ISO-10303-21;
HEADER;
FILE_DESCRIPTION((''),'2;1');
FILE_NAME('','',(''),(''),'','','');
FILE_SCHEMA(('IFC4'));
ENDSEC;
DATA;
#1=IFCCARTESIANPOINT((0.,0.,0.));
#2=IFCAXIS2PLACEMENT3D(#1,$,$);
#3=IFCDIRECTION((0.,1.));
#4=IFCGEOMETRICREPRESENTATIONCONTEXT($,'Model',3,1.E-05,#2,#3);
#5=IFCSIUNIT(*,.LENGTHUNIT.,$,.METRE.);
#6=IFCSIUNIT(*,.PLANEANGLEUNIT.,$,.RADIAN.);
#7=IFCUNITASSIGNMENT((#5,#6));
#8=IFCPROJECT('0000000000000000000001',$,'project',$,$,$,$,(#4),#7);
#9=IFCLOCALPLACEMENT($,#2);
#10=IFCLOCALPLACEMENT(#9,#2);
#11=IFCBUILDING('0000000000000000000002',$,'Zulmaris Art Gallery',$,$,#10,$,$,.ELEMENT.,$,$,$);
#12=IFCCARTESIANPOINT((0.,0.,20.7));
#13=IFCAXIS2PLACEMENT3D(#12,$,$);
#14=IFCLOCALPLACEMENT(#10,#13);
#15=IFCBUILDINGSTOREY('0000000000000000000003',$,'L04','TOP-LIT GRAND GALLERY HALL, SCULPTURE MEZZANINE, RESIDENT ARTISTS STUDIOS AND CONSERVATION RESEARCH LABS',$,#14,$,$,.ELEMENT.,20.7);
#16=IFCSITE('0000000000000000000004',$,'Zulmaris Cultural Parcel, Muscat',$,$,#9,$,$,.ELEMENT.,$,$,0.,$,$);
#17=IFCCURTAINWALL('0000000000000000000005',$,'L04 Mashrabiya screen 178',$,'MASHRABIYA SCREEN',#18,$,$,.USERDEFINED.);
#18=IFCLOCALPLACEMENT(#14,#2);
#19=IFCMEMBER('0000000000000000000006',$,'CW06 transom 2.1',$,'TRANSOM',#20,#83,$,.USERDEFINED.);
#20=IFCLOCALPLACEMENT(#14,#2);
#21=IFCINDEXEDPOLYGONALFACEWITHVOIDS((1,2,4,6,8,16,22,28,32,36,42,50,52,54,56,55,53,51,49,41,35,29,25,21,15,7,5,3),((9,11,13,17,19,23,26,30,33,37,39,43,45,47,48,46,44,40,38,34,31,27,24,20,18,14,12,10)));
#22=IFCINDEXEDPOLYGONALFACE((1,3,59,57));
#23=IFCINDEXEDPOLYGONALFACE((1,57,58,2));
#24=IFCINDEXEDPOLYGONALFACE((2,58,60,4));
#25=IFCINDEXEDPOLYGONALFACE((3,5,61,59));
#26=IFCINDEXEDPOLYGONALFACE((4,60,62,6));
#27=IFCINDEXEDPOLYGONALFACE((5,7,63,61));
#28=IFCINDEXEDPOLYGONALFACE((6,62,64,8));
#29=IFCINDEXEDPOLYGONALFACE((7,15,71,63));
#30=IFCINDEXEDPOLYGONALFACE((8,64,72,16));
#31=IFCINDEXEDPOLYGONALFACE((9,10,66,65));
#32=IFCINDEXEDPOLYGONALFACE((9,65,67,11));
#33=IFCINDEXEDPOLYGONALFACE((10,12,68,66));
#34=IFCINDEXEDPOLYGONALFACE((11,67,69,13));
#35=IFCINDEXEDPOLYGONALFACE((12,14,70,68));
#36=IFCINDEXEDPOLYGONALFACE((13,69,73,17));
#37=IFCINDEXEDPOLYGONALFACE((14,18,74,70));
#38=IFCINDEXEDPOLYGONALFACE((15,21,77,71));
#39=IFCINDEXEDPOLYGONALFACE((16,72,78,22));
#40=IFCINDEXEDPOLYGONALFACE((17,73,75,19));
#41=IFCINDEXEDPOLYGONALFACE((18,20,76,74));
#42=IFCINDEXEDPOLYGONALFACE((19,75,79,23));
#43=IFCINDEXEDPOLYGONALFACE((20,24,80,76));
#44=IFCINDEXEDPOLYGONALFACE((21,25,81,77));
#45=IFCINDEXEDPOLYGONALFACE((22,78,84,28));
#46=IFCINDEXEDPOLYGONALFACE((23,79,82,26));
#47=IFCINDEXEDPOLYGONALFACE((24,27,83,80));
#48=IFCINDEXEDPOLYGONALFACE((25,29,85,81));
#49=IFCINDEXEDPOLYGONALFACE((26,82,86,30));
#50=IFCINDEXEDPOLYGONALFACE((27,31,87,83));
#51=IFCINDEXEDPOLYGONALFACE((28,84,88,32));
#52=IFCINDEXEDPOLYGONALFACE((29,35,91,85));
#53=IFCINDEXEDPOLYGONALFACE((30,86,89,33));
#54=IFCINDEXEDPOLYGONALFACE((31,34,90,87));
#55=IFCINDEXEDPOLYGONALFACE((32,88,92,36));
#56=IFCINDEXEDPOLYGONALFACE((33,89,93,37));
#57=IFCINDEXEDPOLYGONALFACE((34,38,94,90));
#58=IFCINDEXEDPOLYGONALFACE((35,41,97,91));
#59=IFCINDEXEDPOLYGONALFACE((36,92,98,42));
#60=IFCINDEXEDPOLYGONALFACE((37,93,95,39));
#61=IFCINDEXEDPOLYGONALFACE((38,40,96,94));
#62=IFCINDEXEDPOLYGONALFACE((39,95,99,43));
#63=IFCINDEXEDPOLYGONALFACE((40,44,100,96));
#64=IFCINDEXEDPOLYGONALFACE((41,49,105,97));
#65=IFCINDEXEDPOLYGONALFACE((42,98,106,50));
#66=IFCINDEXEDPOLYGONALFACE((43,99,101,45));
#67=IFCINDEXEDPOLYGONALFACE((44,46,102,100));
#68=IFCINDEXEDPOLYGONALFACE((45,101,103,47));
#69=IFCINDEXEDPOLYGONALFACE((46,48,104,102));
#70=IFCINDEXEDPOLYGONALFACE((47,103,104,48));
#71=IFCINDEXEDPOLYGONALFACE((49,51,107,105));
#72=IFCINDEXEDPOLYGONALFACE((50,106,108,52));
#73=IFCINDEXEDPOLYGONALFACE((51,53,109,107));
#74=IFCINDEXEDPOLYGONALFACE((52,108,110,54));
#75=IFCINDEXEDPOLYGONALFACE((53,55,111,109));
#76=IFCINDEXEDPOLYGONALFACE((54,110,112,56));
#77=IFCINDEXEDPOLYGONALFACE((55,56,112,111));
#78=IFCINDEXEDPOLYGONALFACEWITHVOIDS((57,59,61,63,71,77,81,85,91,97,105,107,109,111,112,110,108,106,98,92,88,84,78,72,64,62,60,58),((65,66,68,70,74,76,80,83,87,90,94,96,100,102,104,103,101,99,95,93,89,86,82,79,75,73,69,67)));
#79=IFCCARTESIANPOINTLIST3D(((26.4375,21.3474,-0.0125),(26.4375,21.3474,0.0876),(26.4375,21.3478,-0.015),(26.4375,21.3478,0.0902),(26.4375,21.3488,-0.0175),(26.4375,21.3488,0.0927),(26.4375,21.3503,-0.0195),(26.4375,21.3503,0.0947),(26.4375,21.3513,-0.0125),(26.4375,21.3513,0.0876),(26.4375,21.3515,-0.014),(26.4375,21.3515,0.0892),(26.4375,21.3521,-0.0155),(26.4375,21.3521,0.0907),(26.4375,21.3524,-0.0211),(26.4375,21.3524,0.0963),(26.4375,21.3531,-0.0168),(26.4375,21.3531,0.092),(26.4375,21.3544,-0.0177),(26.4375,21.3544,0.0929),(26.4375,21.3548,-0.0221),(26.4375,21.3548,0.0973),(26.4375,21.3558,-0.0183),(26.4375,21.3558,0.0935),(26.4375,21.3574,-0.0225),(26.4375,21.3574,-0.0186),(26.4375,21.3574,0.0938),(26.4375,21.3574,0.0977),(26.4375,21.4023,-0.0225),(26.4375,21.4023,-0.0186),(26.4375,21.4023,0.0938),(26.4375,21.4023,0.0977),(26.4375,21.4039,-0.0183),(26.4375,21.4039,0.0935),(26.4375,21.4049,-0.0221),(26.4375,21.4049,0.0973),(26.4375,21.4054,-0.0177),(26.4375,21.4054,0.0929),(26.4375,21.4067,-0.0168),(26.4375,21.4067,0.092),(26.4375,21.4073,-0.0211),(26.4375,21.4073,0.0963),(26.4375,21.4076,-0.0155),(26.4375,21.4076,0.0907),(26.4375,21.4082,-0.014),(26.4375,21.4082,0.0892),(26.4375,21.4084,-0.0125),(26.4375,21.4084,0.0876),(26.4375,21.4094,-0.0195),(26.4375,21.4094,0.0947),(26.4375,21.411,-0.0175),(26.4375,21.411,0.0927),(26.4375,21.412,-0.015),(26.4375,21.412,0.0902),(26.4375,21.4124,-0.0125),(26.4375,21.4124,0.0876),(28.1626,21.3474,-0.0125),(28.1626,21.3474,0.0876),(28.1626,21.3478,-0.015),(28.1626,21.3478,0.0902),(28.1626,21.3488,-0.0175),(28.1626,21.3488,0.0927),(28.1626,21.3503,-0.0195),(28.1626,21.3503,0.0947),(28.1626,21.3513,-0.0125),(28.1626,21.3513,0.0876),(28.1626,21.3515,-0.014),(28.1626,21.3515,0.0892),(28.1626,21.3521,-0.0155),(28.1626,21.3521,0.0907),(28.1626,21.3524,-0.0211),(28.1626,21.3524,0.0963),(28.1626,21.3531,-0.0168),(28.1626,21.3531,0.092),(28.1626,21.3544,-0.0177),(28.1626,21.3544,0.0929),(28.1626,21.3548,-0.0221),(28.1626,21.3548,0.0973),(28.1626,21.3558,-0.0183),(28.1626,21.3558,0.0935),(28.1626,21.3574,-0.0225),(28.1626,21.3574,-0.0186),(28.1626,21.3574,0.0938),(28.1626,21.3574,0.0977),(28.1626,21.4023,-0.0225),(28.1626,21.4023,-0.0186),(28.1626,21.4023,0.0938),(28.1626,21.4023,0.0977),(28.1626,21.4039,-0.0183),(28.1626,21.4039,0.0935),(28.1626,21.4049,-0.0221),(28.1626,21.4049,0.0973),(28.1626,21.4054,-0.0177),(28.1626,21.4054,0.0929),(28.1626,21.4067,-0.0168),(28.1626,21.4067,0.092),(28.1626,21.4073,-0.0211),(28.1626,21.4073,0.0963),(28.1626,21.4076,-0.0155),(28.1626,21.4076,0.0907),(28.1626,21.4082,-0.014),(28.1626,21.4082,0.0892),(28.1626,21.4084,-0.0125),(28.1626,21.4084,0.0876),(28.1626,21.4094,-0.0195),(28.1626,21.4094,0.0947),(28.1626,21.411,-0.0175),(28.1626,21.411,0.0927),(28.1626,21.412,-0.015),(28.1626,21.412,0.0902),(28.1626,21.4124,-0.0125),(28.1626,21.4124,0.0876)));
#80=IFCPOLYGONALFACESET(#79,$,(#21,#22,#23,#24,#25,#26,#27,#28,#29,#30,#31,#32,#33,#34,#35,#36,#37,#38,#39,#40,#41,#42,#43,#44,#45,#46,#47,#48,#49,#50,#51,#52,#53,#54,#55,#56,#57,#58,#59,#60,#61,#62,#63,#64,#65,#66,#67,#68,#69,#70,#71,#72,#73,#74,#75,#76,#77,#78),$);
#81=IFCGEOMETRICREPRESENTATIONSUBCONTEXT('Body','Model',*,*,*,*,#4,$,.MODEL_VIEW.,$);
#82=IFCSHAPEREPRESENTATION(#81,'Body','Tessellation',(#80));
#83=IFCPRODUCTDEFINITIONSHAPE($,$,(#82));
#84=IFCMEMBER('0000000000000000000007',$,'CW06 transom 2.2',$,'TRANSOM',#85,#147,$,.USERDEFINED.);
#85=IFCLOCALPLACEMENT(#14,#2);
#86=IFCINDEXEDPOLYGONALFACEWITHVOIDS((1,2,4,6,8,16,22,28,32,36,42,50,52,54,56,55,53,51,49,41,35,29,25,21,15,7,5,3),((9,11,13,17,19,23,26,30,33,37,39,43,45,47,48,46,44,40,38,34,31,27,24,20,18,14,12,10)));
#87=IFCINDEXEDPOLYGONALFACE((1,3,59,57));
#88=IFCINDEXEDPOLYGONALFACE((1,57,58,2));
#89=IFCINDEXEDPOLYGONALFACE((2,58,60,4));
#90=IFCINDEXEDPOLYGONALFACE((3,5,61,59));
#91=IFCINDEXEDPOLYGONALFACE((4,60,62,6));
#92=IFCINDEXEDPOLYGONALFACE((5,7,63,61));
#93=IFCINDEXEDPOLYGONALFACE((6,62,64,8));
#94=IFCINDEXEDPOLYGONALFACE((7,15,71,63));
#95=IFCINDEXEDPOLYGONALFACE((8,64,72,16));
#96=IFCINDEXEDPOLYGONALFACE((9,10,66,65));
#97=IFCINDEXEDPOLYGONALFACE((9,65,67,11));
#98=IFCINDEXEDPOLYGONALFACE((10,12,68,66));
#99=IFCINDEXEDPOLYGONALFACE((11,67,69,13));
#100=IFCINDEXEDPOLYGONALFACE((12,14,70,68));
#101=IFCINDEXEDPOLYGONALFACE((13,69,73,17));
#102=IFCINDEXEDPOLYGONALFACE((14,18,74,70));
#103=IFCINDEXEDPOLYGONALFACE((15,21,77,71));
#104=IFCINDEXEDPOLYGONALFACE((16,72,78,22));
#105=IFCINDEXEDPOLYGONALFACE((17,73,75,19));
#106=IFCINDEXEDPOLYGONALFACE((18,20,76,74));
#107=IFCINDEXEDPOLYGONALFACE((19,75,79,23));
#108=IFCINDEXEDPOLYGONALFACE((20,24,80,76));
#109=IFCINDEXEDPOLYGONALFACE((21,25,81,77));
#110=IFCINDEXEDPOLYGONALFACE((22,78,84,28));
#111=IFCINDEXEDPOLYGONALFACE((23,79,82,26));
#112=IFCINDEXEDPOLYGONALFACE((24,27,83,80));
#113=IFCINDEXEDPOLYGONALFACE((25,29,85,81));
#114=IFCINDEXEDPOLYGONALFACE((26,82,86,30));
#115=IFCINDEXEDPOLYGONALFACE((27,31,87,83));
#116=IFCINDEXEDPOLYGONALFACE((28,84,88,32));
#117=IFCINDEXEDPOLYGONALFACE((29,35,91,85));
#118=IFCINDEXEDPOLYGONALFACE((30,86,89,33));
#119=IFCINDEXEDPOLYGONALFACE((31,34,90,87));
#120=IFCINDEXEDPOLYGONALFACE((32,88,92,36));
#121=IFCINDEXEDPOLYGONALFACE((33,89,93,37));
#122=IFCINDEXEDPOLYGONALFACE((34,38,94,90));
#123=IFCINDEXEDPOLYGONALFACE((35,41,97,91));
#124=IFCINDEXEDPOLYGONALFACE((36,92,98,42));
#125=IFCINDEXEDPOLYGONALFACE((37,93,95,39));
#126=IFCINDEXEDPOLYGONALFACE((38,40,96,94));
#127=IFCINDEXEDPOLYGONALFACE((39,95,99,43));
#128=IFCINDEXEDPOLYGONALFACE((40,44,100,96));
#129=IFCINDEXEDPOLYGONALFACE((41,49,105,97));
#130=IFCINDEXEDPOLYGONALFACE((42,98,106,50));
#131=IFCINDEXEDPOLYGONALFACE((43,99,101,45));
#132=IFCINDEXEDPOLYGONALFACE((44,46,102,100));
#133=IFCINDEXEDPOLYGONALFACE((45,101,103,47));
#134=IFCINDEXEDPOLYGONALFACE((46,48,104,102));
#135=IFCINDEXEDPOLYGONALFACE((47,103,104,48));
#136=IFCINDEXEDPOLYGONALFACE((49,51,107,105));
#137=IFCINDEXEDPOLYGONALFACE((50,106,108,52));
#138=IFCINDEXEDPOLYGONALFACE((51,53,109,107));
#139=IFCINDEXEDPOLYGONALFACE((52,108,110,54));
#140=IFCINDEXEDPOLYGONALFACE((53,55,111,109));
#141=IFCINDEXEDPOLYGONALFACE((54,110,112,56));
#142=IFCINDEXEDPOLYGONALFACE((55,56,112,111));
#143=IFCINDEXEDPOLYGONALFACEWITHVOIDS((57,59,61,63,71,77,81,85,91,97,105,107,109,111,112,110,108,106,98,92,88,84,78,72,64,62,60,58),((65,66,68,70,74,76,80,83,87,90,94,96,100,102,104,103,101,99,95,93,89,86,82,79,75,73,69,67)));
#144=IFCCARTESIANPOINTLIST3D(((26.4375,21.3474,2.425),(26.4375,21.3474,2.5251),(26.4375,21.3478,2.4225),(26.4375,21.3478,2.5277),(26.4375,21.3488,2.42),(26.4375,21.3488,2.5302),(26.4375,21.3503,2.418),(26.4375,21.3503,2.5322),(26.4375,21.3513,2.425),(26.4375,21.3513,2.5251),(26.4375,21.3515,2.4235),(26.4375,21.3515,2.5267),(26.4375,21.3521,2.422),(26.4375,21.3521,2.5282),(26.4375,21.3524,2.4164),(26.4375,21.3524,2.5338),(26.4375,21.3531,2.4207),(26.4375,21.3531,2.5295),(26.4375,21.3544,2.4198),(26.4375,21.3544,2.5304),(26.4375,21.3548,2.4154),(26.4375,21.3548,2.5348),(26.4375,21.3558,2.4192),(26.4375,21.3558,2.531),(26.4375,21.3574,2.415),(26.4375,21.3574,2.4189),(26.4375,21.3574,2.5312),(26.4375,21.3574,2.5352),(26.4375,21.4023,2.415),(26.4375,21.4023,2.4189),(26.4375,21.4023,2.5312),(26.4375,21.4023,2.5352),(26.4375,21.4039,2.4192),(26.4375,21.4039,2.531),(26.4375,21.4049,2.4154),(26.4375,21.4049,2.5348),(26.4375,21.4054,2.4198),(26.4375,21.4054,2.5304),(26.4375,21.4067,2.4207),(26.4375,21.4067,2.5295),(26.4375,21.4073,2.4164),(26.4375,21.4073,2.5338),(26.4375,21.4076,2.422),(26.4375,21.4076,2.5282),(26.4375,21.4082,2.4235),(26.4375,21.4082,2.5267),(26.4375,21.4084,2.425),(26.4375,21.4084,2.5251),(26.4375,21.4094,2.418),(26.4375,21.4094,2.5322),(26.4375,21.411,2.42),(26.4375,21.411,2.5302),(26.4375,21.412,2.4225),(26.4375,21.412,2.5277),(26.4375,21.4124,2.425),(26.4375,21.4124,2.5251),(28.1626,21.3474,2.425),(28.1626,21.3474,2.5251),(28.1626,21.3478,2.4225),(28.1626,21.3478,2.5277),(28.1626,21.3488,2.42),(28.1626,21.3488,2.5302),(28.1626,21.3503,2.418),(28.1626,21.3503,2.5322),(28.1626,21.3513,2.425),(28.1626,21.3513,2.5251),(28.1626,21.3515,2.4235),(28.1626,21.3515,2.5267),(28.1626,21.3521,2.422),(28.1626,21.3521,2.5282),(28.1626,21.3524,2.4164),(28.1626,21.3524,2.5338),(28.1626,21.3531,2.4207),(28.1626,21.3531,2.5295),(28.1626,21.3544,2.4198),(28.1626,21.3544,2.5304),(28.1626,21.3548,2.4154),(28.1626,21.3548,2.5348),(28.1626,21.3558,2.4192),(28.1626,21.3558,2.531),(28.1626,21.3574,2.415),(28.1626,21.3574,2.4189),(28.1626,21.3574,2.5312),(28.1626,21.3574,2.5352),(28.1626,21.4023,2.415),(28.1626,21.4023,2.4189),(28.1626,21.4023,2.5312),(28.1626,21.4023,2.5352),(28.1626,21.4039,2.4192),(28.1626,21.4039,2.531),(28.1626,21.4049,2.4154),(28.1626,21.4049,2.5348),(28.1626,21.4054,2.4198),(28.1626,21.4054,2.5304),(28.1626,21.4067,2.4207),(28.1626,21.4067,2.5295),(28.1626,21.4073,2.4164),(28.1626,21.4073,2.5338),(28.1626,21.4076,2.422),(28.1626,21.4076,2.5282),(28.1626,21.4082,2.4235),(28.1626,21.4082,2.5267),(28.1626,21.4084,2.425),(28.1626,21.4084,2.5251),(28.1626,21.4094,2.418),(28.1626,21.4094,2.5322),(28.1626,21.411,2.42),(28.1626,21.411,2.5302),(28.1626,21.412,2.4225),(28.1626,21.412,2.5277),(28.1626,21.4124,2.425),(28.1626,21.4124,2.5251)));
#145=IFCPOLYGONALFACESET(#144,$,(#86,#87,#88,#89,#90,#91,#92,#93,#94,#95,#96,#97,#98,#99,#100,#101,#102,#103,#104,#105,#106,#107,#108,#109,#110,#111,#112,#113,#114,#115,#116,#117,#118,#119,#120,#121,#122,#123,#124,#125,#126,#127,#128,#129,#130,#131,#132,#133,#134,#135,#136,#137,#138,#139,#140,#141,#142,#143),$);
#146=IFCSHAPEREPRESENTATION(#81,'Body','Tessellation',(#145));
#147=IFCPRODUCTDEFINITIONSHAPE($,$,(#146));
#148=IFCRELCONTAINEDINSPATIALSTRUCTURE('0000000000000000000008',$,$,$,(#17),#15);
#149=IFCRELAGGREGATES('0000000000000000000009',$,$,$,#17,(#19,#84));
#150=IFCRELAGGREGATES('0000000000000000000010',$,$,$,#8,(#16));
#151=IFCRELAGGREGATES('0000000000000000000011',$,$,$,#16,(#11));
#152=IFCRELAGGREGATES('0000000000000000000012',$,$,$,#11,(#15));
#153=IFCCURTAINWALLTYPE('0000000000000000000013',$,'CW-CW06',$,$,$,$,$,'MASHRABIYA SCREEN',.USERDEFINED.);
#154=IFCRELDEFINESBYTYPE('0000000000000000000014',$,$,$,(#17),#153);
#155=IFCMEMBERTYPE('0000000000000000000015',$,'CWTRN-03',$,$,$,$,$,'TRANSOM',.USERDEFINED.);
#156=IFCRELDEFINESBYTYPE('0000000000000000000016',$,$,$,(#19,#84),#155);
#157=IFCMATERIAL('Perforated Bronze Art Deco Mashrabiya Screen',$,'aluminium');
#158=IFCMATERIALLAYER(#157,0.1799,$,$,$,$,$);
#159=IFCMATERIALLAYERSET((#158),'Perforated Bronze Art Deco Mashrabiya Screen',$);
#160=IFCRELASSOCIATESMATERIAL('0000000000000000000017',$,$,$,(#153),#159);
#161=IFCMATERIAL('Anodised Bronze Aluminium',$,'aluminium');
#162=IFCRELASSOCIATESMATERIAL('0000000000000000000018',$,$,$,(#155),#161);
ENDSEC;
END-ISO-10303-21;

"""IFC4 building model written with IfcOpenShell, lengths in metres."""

from ifc_helpers import new_model, si_unit, direction, frame, origin, origin_2d, place, context, subcontext, project, spatial, hollow_rectangle, extrude, material, layer, layer_set, material_profile, profile_set, type_object, element, aggregate, save


model = new_model("IFC4")

# Units and contexts
model_context = context("Model", 3, precision=1e-05, world=origin(), true_north=direction((0.0, 1.0)))
body_context = subcontext(model_context, "Body", "Model", "MODEL_VIEW")
ifc_project = project(units=[si_unit("LENGTHUNIT", "METRE"), si_unit("PLANEANGLEUNIT", "RADIAN")], contexts=[model_context])

# Site, building, storey
site_placement = place(None, origin())
site = spatial("IfcSite", under=ifc_project, at=site_placement, Name="Zulmaris Cultural Parcel, Muscat", CompositionType="ELEMENT", RefElevation=0.0)
building_placement = place(site_placement, origin())
building = spatial("IfcBuilding", under=site, at=building_placement, Name="Zulmaris Art Gallery", CompositionType="ELEMENT")
storey_placement = place(building_placement, frame((0.0, 0.0, 20.7)))
storey = spatial("IfcBuildingStorey", under=building, at=storey_placement, Name="L04", Description="TOP-LIT GRAND GALLERY HALL, SCULPTURE MEZZANINE, RESIDENT ARTISTS STUDIOS AND CONSERVATION RESEARCH LABS", CompositionType="ELEMENT", Elevation=20.7)

# Curtain wall
ifc_material_1 = material(Name="Anodised Bronze Aluminium", Category="aluminium")
ifc_material_2 = material(Name="Perforated Bronze Art Deco Mashrabiya Screen", Category="aluminium")
ifc_layer_1 = layer(ifc_material_2, 0.1799)
ifc_layer_set_1 = layer_set([ifc_layer_1], Name="Perforated Bronze Art Deco Mashrabiya Screen")
curtain_wall_type_1 = type_object("IfcCurtainWallType", Name="CW-CW06", ElementType="MASHRABIYA SCREEN", PredefinedType="USERDEFINED", material=ifc_layer_set_1)
curtain_wall_1_placement = place(storey_placement, origin())
curtain_wall_1 = element("IfcCurtainWall", 1, at=curtain_wall_1_placement, inside=storey, type_object=curtain_wall_type_1, Name="L04 Mashrabiya screen 178", ObjectType="MASHRABIYA SCREEN", PredefinedType="USERDEFINED")

# Members
ifc_material_profile_1 = material_profile(ifc_material_1, hollow_rectangle(XDim=0.0649, YDim=0.1201, WallThickness=0.0039, InnerFilletRadius=0.0061, OuterFilletRadius=0.01, at=origin_2d()), Name="ALU 65x120x4")
ifc_profile_set_1 = profile_set([ifc_material_profile_1], Name="Anodised Bronze Aluminium")
member_type_1 = type_object("IfcMemberType", Name="CWTRN-03", ElementType="TRANSOM", PredefinedType="USERDEFINED", material=ifc_profile_set_1)
member_1_placement = place(storey_placement, frame((26.4375, 21.3799, 0.0376), z_axis=(1.0, 0.0, 0.0), x_axis=(0.0, 1.0, 0.0)))
member_1 = element("IfcMember", 2, at=member_1_placement, type_object=member_type_1, Name="CW06 transom 2.1", ObjectType="TRANSOM", PredefinedType="USERDEFINED", context=body_context, shape_type="SweptSolid", body=[
    extrude(hollow_rectangle(XDim=0.0649, YDim=0.1201, WallThickness=0.0039, InnerFilletRadius=0.0061, OuterFilletRadius=0.01, at=origin_2d()), origin(), (0.0, 0.0, 1.0), 1.7251),
])
member_2_placement = place(storey_placement, frame((26.4375, 21.3799, 2.4751), z_axis=(1.0, 0.0, 0.0), x_axis=(0.0, 1.0, 0.0)))
member_2 = element("IfcMember", 3, at=member_2_placement, type_object=member_type_1, Name="CW06 transom 2.2", ObjectType="TRANSOM", PredefinedType="USERDEFINED", context=body_context, shape_type="SweptSolid", body=[
    extrude(hollow_rectangle(XDim=0.0649, YDim=0.1201, WallThickness=0.0039, InnerFilletRadius=0.0061, OuterFilletRadius=0.01, at=origin_2d()), origin(), (0.0, 0.0, 1.0), 1.7251),
])

aggregate(curtain_wall_1, [member_1, member_2])

save(model, "model.ifc")
